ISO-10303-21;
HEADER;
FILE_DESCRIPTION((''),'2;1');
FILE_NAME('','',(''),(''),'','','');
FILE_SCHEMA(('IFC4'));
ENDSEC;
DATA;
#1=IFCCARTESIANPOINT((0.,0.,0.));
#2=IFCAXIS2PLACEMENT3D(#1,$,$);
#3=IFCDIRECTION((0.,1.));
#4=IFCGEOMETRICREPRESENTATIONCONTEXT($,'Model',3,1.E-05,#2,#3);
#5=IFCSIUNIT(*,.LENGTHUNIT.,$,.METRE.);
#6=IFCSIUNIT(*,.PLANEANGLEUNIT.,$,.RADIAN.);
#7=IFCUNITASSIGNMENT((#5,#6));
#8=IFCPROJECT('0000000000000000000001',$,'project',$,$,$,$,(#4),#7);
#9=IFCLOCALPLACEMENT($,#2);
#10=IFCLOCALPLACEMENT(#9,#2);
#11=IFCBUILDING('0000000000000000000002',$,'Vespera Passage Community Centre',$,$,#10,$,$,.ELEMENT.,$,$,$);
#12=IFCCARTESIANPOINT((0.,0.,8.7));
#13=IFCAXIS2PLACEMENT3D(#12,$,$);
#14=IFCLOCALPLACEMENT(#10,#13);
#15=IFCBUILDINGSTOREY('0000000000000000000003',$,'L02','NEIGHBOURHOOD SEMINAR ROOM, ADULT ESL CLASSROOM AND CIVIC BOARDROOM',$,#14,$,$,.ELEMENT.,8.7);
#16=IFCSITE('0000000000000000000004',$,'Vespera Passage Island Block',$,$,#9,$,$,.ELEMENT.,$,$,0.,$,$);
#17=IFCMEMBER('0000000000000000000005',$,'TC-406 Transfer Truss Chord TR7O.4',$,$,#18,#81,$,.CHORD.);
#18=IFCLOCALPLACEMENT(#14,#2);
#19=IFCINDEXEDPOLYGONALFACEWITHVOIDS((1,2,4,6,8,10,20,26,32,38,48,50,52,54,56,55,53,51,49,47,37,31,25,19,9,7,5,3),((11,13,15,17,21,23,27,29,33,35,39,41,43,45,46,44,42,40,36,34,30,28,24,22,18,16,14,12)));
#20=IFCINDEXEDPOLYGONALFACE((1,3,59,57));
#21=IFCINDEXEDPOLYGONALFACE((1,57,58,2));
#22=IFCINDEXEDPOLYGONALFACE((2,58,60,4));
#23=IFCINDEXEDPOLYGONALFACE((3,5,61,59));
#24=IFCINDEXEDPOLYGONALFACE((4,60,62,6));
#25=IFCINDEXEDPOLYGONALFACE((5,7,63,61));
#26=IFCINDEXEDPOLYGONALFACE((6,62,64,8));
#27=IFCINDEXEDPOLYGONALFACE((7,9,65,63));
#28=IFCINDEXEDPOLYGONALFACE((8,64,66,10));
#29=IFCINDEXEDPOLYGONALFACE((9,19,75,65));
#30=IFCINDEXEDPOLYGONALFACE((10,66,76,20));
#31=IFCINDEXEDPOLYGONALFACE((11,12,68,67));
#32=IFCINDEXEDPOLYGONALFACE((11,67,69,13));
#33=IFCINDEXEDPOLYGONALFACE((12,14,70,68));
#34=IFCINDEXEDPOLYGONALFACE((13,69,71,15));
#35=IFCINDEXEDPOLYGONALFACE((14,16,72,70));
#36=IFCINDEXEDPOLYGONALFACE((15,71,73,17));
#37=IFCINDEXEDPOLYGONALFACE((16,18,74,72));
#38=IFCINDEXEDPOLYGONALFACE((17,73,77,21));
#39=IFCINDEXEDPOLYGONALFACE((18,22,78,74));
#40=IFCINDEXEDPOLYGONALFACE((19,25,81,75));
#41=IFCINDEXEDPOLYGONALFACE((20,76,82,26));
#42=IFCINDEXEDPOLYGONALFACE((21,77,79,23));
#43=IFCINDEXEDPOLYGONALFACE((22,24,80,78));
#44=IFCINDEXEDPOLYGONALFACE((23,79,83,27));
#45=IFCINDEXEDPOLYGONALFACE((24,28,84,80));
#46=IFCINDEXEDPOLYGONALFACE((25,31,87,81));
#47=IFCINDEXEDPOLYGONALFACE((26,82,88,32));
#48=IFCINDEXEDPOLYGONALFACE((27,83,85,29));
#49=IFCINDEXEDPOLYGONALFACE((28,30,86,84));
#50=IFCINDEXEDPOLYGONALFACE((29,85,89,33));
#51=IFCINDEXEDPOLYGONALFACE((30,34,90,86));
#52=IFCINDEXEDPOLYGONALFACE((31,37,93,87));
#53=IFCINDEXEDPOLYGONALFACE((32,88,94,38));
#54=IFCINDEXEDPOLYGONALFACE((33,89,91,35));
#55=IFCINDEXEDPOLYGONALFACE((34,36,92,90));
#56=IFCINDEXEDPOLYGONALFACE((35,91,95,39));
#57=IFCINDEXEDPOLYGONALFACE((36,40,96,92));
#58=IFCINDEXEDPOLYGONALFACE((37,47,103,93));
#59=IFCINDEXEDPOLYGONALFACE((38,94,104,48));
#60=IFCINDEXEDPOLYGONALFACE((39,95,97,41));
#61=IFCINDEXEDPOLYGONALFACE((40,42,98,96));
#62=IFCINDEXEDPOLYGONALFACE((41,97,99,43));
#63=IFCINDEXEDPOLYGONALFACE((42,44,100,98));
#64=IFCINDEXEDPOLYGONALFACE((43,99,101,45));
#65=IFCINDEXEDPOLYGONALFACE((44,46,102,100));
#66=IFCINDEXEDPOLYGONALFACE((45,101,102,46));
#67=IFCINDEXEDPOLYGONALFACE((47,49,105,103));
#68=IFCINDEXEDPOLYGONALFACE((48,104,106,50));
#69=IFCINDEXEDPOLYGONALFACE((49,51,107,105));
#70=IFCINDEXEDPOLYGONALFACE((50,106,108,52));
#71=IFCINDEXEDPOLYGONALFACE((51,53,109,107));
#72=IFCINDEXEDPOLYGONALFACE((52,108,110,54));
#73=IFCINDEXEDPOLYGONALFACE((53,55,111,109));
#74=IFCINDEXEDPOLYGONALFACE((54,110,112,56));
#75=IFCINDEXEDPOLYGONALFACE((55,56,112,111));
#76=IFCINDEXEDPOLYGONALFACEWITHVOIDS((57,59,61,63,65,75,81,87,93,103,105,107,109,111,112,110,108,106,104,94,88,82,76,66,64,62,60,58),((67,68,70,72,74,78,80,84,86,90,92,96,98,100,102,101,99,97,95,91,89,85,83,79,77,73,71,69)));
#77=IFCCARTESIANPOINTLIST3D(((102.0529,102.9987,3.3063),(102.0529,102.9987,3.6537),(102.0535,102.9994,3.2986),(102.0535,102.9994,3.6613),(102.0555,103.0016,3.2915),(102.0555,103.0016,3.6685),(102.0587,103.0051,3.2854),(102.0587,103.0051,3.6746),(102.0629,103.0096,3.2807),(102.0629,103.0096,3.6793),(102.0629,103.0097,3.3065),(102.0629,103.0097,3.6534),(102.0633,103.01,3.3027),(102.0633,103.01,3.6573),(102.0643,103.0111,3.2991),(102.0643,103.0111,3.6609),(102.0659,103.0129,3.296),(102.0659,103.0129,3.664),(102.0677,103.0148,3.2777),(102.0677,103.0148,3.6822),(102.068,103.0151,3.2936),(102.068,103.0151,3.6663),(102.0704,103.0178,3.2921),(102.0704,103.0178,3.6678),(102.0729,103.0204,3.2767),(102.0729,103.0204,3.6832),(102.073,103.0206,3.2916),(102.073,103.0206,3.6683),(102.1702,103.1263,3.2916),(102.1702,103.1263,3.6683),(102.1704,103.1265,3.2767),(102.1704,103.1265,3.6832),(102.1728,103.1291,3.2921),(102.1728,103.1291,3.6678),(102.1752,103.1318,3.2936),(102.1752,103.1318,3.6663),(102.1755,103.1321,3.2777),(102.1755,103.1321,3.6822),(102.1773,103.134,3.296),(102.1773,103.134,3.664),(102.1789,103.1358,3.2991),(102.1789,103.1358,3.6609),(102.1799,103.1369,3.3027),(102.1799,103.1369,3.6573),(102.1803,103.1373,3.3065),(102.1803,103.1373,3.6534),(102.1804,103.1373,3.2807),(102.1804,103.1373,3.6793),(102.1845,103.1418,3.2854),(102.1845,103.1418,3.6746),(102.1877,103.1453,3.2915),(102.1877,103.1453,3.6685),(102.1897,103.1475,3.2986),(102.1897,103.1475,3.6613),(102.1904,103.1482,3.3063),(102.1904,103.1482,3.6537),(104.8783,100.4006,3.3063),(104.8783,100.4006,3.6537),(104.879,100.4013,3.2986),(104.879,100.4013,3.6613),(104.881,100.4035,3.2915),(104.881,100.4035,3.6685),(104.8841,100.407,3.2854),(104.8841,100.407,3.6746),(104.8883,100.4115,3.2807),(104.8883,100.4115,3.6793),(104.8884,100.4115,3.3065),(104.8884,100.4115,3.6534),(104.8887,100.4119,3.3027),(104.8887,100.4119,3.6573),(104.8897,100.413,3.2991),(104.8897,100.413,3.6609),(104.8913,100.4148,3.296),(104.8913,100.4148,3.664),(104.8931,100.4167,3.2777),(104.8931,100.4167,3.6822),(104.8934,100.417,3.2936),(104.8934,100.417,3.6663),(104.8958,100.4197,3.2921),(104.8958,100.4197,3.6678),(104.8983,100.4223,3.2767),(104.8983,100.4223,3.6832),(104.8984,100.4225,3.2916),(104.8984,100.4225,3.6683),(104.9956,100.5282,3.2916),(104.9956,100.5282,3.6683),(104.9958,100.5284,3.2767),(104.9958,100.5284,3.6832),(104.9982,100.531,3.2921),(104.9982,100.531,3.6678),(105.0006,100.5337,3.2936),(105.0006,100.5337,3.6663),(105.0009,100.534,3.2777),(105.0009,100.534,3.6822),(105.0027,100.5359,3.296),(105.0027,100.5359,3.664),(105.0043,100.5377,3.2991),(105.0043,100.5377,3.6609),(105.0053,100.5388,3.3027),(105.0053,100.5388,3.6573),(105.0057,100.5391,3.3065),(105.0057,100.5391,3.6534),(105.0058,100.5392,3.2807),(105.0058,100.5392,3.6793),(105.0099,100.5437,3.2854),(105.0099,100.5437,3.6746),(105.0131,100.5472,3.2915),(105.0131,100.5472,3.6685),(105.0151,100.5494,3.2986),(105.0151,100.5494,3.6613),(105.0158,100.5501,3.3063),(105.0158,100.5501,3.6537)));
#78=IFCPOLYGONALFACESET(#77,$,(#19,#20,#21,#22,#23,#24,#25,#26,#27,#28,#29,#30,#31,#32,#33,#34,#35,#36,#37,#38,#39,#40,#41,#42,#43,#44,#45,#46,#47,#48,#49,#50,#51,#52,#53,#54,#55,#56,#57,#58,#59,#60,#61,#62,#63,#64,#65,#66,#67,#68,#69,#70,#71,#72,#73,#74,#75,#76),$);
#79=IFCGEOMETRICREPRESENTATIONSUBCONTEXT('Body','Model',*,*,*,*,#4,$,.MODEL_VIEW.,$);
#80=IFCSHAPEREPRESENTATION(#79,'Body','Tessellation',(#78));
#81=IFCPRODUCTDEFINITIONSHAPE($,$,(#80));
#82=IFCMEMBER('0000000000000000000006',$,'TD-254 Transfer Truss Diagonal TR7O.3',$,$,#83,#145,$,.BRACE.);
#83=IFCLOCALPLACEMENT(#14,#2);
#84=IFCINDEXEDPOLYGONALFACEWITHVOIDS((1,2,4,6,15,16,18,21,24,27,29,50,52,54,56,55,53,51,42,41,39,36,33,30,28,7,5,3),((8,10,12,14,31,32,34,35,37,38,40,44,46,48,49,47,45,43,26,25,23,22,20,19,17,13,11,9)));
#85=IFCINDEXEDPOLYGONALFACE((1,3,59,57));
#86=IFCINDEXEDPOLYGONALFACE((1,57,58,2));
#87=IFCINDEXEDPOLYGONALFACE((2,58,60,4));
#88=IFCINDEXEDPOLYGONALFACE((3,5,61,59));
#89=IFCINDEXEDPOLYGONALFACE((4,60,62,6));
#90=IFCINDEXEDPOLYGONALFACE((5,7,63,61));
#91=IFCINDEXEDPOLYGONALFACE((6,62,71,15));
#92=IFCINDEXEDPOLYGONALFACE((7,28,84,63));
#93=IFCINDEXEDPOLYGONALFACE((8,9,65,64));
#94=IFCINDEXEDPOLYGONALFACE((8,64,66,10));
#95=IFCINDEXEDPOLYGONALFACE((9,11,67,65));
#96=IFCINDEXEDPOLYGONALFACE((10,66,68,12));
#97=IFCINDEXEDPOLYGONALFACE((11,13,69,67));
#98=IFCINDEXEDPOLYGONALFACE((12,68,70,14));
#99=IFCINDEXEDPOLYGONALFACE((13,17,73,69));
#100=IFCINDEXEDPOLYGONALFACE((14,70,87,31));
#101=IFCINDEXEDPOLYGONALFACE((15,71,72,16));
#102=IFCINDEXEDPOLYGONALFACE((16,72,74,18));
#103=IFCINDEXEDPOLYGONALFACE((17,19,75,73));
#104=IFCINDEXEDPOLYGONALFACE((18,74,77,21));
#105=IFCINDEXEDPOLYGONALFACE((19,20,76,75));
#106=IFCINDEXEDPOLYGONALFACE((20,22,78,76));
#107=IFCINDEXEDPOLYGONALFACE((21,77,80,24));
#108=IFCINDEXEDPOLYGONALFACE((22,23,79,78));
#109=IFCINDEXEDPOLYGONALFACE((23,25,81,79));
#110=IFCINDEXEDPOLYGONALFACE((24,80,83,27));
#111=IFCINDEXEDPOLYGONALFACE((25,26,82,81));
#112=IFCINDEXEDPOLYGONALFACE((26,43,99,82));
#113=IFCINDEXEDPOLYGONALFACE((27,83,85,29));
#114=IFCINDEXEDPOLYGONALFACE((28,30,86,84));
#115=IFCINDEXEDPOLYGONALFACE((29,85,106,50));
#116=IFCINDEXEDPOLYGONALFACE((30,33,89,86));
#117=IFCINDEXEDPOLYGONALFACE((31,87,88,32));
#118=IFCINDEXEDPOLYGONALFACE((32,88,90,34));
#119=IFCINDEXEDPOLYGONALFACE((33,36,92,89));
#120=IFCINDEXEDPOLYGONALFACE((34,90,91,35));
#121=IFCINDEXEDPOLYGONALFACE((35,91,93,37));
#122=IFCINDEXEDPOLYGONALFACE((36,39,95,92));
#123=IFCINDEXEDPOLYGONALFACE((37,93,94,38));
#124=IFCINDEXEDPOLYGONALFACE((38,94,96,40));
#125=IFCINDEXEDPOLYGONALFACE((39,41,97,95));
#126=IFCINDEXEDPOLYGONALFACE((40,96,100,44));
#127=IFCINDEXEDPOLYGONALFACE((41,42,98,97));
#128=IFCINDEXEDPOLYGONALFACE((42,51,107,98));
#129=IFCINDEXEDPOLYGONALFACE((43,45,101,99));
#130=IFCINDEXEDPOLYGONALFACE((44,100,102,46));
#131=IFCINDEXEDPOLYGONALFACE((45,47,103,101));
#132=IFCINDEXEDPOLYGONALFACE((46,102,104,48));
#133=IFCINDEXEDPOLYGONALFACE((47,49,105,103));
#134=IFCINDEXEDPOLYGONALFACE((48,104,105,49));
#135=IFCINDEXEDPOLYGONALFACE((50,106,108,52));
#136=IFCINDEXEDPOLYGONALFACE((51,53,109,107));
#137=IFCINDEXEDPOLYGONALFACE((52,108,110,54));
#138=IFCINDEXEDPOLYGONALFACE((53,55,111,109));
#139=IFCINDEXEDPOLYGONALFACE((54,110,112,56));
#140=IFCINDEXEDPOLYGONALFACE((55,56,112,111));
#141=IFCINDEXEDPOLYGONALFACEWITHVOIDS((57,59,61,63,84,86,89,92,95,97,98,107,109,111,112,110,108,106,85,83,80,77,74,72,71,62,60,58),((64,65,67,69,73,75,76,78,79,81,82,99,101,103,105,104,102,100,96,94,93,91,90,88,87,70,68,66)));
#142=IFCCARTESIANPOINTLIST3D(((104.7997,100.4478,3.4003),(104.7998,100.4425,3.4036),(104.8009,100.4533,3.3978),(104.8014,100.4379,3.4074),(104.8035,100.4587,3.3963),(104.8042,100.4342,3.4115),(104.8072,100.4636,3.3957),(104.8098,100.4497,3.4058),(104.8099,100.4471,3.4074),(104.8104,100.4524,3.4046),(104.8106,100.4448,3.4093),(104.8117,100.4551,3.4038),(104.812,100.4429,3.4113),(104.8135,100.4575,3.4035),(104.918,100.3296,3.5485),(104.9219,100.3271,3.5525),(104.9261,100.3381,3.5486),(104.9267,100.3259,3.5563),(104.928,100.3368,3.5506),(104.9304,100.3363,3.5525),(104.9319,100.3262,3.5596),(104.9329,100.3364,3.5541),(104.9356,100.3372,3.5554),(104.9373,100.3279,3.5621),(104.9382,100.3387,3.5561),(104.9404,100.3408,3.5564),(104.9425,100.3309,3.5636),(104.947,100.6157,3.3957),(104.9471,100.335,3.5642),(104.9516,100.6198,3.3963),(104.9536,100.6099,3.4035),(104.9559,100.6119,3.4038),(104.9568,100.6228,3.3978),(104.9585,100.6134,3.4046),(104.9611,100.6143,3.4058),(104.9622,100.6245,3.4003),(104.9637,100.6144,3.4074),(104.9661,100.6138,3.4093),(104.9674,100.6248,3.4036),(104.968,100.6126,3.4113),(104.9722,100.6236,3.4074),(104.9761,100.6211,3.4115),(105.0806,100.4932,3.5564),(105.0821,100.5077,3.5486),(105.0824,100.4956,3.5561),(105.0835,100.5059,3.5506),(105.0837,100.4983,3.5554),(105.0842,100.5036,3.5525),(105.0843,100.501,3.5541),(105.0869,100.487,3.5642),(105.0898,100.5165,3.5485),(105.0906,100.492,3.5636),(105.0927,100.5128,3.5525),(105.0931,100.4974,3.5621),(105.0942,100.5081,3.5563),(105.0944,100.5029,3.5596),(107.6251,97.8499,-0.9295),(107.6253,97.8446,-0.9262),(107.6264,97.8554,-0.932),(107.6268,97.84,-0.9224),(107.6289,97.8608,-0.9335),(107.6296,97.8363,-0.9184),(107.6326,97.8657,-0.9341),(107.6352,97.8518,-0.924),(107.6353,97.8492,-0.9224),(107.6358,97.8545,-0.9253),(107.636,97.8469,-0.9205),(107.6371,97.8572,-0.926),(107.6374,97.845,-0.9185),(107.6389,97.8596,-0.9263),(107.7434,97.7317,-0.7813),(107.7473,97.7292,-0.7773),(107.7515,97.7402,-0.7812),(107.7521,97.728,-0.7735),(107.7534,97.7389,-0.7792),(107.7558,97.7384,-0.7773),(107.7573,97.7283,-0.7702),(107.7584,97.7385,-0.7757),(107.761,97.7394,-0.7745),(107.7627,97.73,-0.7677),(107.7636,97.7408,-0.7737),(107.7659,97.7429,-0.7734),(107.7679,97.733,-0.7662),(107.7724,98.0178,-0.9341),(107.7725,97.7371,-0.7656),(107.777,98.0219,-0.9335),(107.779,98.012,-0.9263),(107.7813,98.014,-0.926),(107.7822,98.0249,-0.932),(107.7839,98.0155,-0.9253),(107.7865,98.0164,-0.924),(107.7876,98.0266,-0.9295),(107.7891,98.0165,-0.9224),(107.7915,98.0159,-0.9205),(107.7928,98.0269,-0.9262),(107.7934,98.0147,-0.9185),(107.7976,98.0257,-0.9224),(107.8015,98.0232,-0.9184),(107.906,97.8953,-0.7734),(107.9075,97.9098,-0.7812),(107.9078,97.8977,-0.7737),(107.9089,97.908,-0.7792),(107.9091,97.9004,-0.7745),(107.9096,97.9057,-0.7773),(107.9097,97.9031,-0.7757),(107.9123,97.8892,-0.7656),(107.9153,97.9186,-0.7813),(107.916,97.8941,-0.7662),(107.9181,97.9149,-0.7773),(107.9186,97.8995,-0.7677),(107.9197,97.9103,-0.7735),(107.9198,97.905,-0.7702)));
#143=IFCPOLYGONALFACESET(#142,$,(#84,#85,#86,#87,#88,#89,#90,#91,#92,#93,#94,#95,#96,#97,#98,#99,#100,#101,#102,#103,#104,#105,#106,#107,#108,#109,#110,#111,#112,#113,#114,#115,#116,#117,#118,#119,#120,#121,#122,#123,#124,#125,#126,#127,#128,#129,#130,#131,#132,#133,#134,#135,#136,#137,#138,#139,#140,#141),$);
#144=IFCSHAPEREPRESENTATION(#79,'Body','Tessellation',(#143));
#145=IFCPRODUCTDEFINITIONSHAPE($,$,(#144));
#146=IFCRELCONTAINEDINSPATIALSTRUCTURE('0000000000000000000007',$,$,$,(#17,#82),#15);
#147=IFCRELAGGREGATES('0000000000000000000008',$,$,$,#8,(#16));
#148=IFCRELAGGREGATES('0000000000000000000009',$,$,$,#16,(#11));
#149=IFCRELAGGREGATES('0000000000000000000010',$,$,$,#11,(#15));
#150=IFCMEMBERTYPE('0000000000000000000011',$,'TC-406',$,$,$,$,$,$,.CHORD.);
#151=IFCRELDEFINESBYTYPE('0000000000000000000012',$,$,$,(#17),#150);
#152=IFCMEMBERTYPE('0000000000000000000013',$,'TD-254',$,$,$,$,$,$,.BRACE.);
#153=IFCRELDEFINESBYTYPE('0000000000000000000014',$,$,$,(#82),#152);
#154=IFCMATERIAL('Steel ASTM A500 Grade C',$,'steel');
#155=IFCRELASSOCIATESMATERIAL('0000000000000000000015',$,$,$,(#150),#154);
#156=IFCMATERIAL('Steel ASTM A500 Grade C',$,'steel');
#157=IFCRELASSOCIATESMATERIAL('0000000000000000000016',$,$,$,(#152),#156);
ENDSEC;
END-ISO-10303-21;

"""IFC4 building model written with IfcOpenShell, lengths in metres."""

from ifc_helpers import new_model, si_unit, direction, frame, origin, origin_2d, place, context, subcontext, project, spatial, hollow_rectangle, extrude, material, material_profile, profile_set, type_object, element, save


model = new_model("IFC4")

# Units and contexts
model_context = context("Model", 3, precision=1e-05, world=origin(), true_north=direction((0.0, 1.0)))
body_context = subcontext(model_context, "Body", "Model", "MODEL_VIEW")
ifc_project = project(units=[si_unit("LENGTHUNIT", "METRE"), si_unit("PLANEANGLEUNIT", "RADIAN")], contexts=[model_context])

# Site, building, storey
site_placement = place(None, origin())
site = spatial("IfcSite", under=ifc_project, at=site_placement, Name="Vespera Passage Island Block", CompositionType="ELEMENT", RefElevation=0.0)
building_placement = place(site_placement, origin())
building = spatial("IfcBuilding", under=site, at=building_placement, Name="Vespera Passage Community Centre", CompositionType="ELEMENT")
storey_placement = place(building_placement, frame((0.0, 0.0, 8.7)))
storey = spatial("IfcBuildingStorey", under=building, at=storey_placement, Name="L02", Description="NEIGHBOURHOOD SEMINAR ROOM, ADULT ESL CLASSROOM AND CIVIC BOARDROOM", CompositionType="ELEMENT", Elevation=8.7)

# Members
ifc_material_1 = material(Name="Steel ASTM A500 Grade C", Category="steel")
ifc_material_profile_1 = material_profile(ifc_material_1, hollow_rectangle(XDim=0.2031, YDim=0.4065, WallThickness=0.0149, InnerFilletRadius=0.0149, OuterFilletRadius=0.0295, at=origin_2d()), Name="HSS406X203X15.9")
ifc_profile_set_1 = profile_set([ifc_material_profile_1], Name="Steel ASTM A500 Grade C")
member_type_1 = type_object("IfcMemberType", Name="TC-406", PredefinedType="CHORD", material=ifc_profile_set_1)
member_1_placement = place(storey_placement, frame((104.947, 100.4753, 3.48), z_axis=(-0.736095, 0.676879, 0.0), x_axis=(-0.676879, -0.736095, 0.0)))
element("IfcMember", 1, at=member_1_placement, inside=storey, type_object=member_type_1, Name="TC-406 Transfer Truss Chord TR7O.4", PredefinedType="CHORD", context=body_context, shape_type="SweptSolid", body=[
    extrude(hollow_rectangle(XDim=0.2031, YDim=0.4065, WallThickness=0.0149, InnerFilletRadius=0.0149, OuterFilletRadius=0.0295, at=origin_2d()), origin(), (0.0, 0.0, 1.0), 3.8384),
])
ifc_material_2 = material(Name="Steel ASTM A500 Grade C", Category="steel")
ifc_material_profile_2 = material_profile(ifc_material_2, hollow_rectangle(XDim=0.2539, YDim=0.2539, WallThickness=0.0117, InnerFilletRadius=0.0117, OuterFilletRadius=0.0237, at=origin_2d()), Name="HSS254X254X12.7")
ifc_profile_set_2 = profile_set([ifc_material_profile_2], Name="Steel ASTM A500 Grade C")
member_type_2 = type_object("IfcMemberType", Name="TD-254", PredefinedType="BRACE", material=ifc_profile_set_2)
member_2_placement = place(storey_placement, frame((107.7725, 97.8774, -0.8499), z_axis=(-0.48831, 0.448985, 0.748309), x_axis=(-0.676844, -0.736126, 0.0)))
element("IfcMember", 2, at=member_2_placement, inside=storey, type_object=member_type_2, Name="TD-254 Transfer Truss Diagonal TR7O.3", PredefinedType="BRACE", context=body_context, shape_type="SweptSolid", body=[
    extrude(hollow_rectangle(XDim=0.2539, YDim=0.2539, WallThickness=0.0117, InnerFilletRadius=0.0117, OuterFilletRadius=0.0237, at=origin_2d()), origin(), (0.0, 0.0, 1.0), 5.7861),
])

save(model, "model.ifc")
